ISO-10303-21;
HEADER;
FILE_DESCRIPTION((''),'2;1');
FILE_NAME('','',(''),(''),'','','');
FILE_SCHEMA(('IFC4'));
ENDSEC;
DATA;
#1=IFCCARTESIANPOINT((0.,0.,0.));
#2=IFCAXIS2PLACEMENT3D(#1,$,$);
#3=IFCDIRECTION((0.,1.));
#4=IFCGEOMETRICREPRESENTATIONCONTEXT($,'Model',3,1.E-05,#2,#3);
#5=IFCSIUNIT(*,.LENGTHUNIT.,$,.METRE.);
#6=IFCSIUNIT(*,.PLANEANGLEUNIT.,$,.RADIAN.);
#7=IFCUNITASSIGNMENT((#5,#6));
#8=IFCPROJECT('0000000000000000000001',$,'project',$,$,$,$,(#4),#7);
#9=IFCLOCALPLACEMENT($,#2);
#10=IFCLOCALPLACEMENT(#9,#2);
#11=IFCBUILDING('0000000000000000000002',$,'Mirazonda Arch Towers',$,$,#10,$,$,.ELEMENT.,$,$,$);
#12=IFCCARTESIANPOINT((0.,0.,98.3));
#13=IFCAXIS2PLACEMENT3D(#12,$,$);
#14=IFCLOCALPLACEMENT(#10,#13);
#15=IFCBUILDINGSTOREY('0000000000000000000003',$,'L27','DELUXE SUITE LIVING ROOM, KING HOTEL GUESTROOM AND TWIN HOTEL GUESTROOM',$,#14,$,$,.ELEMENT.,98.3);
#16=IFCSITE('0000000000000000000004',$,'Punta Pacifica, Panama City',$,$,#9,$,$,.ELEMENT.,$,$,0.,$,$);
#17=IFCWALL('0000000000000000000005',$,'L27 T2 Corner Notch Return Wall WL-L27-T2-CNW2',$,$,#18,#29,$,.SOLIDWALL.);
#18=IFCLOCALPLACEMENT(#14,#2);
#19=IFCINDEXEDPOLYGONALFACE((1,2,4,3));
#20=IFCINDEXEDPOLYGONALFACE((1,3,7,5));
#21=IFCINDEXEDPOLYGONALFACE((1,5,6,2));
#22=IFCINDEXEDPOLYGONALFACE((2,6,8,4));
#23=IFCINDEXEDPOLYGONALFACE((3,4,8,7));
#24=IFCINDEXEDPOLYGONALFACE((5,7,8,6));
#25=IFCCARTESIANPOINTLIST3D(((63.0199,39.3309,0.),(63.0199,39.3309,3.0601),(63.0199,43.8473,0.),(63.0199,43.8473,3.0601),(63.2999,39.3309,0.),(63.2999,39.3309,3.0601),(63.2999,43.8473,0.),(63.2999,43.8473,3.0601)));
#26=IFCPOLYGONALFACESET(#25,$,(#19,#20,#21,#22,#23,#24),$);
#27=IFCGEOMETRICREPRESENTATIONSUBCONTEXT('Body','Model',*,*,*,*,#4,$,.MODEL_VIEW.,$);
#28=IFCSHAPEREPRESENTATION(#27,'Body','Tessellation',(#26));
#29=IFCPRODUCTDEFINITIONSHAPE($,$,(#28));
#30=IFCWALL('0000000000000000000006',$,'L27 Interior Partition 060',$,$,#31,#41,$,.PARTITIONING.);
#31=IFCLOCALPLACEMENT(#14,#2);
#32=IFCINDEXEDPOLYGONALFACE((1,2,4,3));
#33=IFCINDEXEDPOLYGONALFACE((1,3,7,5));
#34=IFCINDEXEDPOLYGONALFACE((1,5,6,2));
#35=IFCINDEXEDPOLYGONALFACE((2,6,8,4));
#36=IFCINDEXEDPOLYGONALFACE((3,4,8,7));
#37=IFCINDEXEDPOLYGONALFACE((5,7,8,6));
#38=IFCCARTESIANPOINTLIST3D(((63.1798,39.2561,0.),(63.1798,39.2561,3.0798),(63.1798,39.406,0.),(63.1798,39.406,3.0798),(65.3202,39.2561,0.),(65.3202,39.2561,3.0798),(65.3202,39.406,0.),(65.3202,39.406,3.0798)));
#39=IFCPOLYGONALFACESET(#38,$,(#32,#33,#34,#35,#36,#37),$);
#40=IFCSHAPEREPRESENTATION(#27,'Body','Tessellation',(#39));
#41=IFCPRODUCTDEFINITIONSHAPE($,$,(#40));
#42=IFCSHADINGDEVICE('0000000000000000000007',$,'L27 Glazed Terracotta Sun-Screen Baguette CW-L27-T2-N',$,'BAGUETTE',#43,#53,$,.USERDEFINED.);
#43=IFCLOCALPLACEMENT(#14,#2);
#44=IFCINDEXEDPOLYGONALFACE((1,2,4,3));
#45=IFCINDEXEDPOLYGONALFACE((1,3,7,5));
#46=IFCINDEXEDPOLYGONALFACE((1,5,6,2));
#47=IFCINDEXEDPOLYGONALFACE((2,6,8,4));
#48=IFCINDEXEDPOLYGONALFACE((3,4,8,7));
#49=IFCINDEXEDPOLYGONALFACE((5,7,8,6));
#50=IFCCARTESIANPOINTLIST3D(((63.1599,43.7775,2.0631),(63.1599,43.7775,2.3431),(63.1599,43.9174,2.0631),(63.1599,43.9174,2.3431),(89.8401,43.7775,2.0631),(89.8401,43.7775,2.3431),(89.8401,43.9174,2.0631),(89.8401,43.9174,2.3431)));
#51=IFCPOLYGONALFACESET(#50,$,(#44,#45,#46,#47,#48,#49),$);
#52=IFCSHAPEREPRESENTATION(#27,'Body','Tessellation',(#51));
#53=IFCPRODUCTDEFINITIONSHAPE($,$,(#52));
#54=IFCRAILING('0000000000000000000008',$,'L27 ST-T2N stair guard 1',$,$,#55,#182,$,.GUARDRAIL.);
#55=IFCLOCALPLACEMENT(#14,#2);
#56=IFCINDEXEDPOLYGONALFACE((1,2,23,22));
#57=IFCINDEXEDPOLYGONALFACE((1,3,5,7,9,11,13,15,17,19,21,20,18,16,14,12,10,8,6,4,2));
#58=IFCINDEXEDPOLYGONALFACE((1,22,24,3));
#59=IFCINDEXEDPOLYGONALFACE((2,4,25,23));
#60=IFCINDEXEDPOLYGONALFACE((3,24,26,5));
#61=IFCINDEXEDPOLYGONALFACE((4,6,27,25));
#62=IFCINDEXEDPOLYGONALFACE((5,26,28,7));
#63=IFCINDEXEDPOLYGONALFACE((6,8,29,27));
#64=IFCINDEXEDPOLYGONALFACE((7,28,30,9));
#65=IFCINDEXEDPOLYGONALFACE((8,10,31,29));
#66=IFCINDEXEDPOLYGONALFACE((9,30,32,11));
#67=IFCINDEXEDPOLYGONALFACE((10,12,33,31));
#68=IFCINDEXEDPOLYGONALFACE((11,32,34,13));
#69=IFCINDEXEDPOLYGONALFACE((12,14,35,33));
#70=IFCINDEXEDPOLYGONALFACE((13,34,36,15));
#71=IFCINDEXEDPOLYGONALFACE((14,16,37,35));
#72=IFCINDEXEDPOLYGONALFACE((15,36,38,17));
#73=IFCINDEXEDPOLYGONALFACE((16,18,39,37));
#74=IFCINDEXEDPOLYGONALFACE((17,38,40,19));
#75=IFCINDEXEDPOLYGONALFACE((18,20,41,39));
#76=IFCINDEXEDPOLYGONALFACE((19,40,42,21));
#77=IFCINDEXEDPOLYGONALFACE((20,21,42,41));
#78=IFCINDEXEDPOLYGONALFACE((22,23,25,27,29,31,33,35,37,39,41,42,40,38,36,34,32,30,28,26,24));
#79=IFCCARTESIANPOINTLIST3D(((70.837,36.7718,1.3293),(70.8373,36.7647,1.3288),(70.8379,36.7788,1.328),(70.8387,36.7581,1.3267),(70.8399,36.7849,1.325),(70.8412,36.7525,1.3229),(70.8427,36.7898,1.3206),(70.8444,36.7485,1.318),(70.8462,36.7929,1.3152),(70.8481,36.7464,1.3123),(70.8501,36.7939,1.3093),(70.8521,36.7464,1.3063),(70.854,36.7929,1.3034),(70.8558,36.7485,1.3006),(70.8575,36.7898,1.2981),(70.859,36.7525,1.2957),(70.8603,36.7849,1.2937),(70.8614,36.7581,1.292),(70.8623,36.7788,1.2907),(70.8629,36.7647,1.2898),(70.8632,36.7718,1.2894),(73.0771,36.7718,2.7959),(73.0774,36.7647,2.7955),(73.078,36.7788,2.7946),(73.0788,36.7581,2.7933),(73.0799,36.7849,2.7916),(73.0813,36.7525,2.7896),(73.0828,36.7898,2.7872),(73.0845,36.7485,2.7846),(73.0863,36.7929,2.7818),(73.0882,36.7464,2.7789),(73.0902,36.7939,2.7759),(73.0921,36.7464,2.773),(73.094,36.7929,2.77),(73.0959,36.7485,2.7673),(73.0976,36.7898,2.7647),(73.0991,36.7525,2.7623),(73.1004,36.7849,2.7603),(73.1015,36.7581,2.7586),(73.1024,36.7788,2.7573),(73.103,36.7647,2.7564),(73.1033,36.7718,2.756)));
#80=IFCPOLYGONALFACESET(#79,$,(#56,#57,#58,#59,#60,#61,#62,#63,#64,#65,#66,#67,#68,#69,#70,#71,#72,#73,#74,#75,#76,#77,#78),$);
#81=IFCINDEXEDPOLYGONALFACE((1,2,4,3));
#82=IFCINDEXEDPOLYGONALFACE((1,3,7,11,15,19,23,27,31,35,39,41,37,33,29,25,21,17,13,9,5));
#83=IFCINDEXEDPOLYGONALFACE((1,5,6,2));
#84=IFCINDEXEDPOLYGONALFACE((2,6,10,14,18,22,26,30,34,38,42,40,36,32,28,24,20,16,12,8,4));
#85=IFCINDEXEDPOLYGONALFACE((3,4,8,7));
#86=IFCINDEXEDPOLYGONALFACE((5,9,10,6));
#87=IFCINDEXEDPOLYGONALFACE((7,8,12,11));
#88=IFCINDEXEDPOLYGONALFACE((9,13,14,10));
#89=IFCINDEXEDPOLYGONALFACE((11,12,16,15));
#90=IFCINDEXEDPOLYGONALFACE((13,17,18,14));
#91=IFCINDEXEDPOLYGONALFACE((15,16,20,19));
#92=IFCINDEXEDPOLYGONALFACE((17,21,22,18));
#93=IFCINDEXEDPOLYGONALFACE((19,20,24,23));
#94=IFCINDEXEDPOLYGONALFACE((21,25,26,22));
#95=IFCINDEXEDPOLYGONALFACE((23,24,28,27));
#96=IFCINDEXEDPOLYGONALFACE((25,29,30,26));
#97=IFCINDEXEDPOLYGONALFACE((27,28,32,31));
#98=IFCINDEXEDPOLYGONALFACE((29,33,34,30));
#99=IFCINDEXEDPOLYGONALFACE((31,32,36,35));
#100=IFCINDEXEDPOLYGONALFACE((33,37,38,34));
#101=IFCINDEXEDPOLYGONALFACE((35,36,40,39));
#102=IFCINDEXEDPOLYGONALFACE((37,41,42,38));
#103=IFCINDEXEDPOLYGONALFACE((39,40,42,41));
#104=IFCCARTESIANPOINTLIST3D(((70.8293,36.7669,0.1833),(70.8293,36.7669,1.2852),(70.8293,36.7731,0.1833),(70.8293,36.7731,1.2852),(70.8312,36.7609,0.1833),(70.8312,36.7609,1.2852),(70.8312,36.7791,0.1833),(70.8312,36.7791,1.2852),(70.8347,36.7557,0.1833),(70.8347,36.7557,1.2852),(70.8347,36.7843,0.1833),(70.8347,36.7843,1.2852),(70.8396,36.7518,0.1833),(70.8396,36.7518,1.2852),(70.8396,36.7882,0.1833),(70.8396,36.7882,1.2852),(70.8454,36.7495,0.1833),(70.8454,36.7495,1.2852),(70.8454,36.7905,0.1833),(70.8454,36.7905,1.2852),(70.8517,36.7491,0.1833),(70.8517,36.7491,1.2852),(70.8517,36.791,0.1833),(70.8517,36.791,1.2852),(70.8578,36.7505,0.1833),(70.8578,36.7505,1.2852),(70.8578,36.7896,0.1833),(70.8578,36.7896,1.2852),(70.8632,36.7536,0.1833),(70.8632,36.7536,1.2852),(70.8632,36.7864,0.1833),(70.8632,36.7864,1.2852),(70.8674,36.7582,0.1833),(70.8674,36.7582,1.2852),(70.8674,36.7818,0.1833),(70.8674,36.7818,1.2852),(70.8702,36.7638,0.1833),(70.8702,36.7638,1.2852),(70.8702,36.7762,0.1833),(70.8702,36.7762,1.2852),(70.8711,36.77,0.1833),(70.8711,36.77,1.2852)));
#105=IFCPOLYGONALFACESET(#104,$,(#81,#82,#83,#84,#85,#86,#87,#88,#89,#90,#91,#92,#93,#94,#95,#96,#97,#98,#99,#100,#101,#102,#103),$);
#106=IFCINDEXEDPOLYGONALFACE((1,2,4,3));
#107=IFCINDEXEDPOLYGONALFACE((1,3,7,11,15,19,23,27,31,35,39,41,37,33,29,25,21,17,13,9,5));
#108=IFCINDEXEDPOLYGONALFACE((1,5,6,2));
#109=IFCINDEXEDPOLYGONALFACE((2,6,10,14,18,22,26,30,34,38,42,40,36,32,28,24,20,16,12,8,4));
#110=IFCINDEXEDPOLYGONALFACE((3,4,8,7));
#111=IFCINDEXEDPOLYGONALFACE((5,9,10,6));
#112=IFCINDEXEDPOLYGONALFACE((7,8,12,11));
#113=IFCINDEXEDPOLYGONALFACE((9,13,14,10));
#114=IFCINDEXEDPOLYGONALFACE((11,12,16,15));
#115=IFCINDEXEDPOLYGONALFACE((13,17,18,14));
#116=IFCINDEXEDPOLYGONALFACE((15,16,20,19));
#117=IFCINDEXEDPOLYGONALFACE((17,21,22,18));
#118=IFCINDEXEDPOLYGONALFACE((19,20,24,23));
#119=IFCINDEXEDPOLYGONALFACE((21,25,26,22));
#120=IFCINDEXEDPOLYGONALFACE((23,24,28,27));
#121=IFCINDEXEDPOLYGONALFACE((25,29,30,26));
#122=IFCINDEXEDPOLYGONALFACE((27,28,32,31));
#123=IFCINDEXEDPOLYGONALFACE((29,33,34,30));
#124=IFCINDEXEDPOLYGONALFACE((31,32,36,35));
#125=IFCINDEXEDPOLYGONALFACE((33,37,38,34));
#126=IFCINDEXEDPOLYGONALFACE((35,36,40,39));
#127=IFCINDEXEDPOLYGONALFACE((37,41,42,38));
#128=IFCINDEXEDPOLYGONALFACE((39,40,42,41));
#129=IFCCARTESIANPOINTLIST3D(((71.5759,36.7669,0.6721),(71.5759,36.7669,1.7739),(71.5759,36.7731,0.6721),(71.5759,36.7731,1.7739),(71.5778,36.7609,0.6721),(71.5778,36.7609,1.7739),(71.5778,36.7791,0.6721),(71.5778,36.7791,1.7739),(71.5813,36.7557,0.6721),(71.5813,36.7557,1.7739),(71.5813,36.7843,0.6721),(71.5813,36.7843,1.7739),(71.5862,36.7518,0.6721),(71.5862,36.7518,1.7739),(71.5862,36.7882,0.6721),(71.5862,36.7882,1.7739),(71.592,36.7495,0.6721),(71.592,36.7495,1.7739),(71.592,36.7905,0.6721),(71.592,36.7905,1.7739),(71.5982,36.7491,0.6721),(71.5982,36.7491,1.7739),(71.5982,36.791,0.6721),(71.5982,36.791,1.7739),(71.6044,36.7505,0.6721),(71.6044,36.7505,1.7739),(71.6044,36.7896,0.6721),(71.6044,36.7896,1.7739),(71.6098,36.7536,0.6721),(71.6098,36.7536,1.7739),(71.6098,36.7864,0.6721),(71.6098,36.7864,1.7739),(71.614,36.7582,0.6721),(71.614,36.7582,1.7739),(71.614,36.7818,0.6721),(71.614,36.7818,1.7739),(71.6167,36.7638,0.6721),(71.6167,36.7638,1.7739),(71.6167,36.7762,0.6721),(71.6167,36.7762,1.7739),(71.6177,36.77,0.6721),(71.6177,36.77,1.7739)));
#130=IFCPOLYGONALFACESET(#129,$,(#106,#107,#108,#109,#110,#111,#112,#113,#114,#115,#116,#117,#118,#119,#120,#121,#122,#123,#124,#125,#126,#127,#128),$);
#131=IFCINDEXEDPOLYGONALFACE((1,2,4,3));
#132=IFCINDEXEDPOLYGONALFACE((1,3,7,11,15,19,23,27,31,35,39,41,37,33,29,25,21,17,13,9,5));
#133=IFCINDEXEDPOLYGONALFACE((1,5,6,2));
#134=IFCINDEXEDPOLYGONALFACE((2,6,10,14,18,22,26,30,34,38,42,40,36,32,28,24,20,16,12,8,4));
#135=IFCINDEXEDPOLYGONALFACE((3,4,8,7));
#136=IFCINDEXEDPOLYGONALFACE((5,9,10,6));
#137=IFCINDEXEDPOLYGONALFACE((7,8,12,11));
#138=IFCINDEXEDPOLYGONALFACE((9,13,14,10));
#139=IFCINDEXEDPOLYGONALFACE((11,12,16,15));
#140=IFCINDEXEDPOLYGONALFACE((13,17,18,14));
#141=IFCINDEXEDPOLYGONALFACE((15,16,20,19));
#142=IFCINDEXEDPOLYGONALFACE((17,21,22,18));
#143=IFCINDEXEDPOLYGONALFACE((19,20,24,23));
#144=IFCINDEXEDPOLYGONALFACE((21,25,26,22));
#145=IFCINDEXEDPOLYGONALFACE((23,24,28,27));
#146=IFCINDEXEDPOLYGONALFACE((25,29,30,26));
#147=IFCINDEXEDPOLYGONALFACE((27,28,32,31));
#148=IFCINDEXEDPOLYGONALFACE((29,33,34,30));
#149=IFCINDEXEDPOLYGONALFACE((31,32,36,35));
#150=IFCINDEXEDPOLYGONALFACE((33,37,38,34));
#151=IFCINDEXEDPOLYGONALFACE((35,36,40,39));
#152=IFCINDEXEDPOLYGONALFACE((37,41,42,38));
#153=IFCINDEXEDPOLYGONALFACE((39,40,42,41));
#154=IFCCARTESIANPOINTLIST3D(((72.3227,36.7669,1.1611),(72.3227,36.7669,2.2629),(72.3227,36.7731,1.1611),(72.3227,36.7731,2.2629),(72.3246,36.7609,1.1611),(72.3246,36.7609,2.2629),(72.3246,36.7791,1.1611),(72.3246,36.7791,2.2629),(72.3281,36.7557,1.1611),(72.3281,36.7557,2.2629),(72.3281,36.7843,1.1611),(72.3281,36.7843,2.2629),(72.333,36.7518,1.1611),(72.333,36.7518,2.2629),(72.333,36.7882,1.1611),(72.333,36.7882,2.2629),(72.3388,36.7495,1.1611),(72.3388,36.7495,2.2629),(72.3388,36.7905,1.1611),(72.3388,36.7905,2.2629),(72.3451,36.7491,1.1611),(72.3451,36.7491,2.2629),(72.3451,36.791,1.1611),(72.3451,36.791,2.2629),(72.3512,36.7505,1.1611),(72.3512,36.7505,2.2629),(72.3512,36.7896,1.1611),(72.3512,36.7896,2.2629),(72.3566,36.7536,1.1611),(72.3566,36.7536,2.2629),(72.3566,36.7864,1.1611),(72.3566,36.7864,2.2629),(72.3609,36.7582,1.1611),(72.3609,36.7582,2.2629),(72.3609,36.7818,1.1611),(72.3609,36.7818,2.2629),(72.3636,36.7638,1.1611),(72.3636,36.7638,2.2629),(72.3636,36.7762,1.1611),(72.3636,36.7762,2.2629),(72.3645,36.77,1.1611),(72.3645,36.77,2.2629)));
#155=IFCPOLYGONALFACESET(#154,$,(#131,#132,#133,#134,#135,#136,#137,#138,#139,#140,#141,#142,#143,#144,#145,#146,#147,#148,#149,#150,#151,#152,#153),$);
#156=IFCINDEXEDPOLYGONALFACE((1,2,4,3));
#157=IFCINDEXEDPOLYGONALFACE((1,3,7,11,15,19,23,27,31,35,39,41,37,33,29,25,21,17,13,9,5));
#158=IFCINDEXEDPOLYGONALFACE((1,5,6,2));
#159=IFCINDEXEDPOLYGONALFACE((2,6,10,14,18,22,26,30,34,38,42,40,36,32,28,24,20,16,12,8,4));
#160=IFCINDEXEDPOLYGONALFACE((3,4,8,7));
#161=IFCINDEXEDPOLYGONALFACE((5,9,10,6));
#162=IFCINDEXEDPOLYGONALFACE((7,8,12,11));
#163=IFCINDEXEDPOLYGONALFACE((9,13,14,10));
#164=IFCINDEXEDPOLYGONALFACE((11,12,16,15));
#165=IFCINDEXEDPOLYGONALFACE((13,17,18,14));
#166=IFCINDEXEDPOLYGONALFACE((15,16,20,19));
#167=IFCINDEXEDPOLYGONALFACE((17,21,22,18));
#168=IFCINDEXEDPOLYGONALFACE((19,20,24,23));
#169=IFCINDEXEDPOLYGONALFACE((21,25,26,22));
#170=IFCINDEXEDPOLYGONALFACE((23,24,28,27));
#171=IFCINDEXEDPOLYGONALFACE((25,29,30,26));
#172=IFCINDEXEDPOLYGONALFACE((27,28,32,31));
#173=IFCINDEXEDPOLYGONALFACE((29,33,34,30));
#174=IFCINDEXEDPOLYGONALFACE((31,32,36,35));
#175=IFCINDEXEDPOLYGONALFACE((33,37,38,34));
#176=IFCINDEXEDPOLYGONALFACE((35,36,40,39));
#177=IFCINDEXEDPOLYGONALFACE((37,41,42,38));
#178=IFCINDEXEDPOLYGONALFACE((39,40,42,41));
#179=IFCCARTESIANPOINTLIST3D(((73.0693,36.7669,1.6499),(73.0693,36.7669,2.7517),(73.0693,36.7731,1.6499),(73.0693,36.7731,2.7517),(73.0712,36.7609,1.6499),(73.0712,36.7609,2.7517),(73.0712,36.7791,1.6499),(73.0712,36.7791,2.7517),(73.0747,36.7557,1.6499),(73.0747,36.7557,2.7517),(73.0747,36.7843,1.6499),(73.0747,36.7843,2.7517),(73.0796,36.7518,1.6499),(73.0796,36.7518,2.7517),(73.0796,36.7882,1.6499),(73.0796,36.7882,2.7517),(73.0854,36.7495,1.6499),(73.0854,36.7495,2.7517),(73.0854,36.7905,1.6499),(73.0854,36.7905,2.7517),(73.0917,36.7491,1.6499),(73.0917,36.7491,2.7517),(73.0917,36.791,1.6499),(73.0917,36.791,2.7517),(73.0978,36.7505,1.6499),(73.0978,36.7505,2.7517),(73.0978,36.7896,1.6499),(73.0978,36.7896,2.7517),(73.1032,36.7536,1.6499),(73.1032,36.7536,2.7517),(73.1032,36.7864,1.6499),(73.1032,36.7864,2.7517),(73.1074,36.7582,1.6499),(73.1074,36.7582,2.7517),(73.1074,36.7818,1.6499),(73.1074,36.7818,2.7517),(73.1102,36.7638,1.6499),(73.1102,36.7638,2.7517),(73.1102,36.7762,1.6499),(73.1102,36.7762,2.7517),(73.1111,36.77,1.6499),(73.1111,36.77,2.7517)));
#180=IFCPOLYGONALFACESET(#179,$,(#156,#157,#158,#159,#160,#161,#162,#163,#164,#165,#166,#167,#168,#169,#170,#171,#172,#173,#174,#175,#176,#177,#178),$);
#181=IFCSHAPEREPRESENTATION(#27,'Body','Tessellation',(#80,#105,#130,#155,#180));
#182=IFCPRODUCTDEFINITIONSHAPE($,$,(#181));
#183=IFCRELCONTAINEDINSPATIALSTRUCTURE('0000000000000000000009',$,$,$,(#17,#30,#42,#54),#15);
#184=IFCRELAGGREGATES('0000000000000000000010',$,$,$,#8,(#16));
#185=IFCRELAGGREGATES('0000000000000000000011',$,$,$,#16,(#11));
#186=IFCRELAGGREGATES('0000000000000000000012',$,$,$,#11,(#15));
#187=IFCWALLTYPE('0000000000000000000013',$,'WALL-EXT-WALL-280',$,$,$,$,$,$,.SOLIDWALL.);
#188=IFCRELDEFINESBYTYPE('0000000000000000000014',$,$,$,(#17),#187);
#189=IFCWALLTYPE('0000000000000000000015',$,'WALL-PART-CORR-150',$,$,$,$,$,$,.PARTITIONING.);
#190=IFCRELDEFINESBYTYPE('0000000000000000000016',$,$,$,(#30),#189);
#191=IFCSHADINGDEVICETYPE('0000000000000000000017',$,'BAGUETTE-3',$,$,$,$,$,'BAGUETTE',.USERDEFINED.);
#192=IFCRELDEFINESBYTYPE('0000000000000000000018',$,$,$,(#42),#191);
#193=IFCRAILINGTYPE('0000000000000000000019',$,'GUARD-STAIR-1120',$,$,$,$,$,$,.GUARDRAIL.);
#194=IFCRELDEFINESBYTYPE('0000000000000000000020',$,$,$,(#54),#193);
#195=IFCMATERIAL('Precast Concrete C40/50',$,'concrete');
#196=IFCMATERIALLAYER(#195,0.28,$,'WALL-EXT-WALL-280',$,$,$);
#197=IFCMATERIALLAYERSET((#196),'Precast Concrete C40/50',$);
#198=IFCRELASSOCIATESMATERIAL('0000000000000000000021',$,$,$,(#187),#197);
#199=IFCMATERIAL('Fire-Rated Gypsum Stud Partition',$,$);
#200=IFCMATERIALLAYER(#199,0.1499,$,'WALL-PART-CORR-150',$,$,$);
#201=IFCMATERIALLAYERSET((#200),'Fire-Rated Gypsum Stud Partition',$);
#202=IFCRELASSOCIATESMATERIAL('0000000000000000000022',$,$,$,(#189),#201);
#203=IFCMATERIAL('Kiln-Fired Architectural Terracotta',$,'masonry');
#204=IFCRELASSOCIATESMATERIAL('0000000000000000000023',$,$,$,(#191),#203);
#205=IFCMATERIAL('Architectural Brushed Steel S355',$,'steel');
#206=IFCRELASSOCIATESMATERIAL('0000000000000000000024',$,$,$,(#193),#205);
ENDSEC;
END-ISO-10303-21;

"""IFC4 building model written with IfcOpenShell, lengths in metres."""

from ifc_helpers import new_model, si_unit, direction, frame, frame_2d, origin, origin_2d, place, context, subcontext, project, spatial, rectangle, circle, extrude, material, layer, layer_set, material_profile, profile_set, type_object, element, save


model = new_model("IFC4")

# Units and contexts
model_context = context("Model", 3, precision=1e-05, world=origin(), true_north=direction((0.0, 1.0)))
body_context = subcontext(model_context, "Body", "Model", "MODEL_VIEW")
ifc_project = project(units=[si_unit("LENGTHUNIT", "METRE"), si_unit("PLANEANGLEUNIT", "RADIAN")], contexts=[model_context])

# Site, building, storey
site_placement = place(None, origin())
site = spatial("IfcSite", under=ifc_project, at=site_placement, Name="Punta Pacifica, Panama City", CompositionType="ELEMENT", RefElevation=0.0)
building_placement = place(site_placement, origin())
building = spatial("IfcBuilding", under=site, at=building_placement, Name="Mirazonda Arch Towers", CompositionType="ELEMENT")
storey_placement = place(building_placement, frame((0.0, 0.0, 98.3)))
storey = spatial("IfcBuildingStorey", under=building, at=storey_placement, Name="L27", Description="DELUXE SUITE LIVING ROOM, KING HOTEL GUESTROOM AND TWIN HOTEL GUESTROOM", CompositionType="ELEMENT", Elevation=98.3)

# Walls
ifc_material_1 = material(Name="Precast Concrete C40/50", Category="concrete")
ifc_layer_1 = layer(ifc_material_1, 0.28, Name="WALL-EXT-WALL-280")
ifc_layer_set_1 = layer_set([ifc_layer_1], Name="Precast Concrete C40/50")
wall_type_1 = type_object("IfcWallType", Name="WALL-EXT-WALL-280", PredefinedType="SOLIDWALL", material=ifc_layer_set_1)
wall_1_placement = place(storey_placement, frame((63.1599, 43.8474, 0.0), z_axis=(0.0, 0.0, 1.0), x_axis=(0.0, -1.0, 0.0)))
element("IfcWall", 1, at=wall_1_placement, inside=storey, type_object=wall_type_1, Name="L27 T2 Corner Notch Return Wall WL-L27-T2-CNW2", PredefinedType="SOLIDWALL", context=body_context, shape_type="SweptSolid", body=[
    extrude(rectangle(XDim=4.5164, YDim=0.28, at=frame_2d((2.2583, 0.0))), origin(), (0.0, 0.0, 1.0), 3.0601),
])
ifc_material_2 = material(Name="Fire-Rated Gypsum Stud Partition")
ifc_layer_2 = layer(ifc_material_2, 0.1499, Name="WALL-PART-CORR-150")
ifc_layer_set_2 = layer_set([ifc_layer_2], Name="Fire-Rated Gypsum Stud Partition")
wall_type_2 = type_object("IfcWallType", Name="WALL-PART-CORR-150", PredefinedType="PARTITIONING", material=ifc_layer_set_2)
wall_2_placement = place(storey_placement, frame((63.1797, 39.3311, 0.0), z_axis=(0.0, 0.0, 1.0), x_axis=(1.0, 0.0, 0.0)))
element("IfcWall", 2, at=wall_2_placement, inside=storey, type_object=wall_type_2, Name="L27 Interior Partition 060", PredefinedType="PARTITIONING", context=body_context, shape_type="SweptSolid", body=[
    extrude(rectangle(XDim=2.1404, YDim=0.1499, at=frame_2d((1.0703, 0.0))), origin(), (0.0, 0.0, 1.0), 3.0798),
])

# Shading device
ifc_material_3 = material(Name="Kiln-Fired Architectural Terracotta", Category="masonry")
ifc_material_profile_1 = material_profile(ifc_material_3, rectangle(XDim=0.1399, YDim=0.28, at=origin_2d()), Name="TERRA-BAG-140x280")
ifc_profile_set_1 = profile_set([ifc_material_profile_1], Name="Kiln-Fired Architectural Terracotta")
shading_device_type = type_object("IfcShadingDeviceType", Name="BAGUETTE-3", ElementType="BAGUETTE", PredefinedType="USERDEFINED", material=ifc_profile_set_1)
shading_device_placement = place(storey_placement, frame((63.1599, 43.8474, 2.2031), z_axis=(1.0, 0.0, 0.0), x_axis=(0.0, 1.0, 0.0)))
element("IfcShadingDevice", 3, at=shading_device_placement, inside=storey, type_object=shading_device_type, Name="L27 Glazed Terracotta Sun-Screen Baguette CW-L27-T2-N", ObjectType="BAGUETTE", PredefinedType="USERDEFINED", context=body_context, shape_type="SweptSolid", body=[
    extrude(rectangle(XDim=0.1399, YDim=0.28, at=origin_2d()), origin(), (0.0, 0.0, 1.0), 26.6802),
])

# Railing
ifc_material_4 = material(Name="Architectural Brushed Steel S355", Category="steel")
railing_type = type_object("IfcRailingType", Name="GUARD-STAIR-1120", PredefinedType="GUARDRAIL", material=ifc_material_4)
railing_1_placement = place(storey_placement, frame((70.8501, 36.77, 0.1833)))
element("IfcRailing", 4, at=railing_1_placement, inside=storey, type_object=railing_type, Name="L27 ST-T2N stair guard 1", PredefinedType="GUARDRAIL", context=body_context, shape_type="SweptSolid", body=[
    extrude(circle(Radius=0.0239, at=origin_2d()), frame((0.0, 0.0, 1.126), z_axis=(0.836637, 0.0, 0.547758), x_axis=(0.0, 1.0, 0.0)), (0.0, 0.0, 1.0), 2.6775),
    extrude(circle(Radius=0.021, at=origin_2d()), origin(), (0.0, 0.0, 1.0), 1.1018),
    extrude(circle(Radius=0.021, at=origin_2d()), frame((0.7466, 0.0, 0.4888)), (0.0, 0.0, 1.0), 1.1018),
    extrude(circle(Radius=0.021, at=origin_2d()), frame((1.4934, 0.0, 0.9778)), (0.0, 0.0, 1.0), 1.1018),
    extrude(circle(Radius=0.021, at=origin_2d()), frame((2.24, 0.0, 1.4666)), (0.0, 0.0, 1.0), 1.1018),
])

save(model, "model.ifc")
